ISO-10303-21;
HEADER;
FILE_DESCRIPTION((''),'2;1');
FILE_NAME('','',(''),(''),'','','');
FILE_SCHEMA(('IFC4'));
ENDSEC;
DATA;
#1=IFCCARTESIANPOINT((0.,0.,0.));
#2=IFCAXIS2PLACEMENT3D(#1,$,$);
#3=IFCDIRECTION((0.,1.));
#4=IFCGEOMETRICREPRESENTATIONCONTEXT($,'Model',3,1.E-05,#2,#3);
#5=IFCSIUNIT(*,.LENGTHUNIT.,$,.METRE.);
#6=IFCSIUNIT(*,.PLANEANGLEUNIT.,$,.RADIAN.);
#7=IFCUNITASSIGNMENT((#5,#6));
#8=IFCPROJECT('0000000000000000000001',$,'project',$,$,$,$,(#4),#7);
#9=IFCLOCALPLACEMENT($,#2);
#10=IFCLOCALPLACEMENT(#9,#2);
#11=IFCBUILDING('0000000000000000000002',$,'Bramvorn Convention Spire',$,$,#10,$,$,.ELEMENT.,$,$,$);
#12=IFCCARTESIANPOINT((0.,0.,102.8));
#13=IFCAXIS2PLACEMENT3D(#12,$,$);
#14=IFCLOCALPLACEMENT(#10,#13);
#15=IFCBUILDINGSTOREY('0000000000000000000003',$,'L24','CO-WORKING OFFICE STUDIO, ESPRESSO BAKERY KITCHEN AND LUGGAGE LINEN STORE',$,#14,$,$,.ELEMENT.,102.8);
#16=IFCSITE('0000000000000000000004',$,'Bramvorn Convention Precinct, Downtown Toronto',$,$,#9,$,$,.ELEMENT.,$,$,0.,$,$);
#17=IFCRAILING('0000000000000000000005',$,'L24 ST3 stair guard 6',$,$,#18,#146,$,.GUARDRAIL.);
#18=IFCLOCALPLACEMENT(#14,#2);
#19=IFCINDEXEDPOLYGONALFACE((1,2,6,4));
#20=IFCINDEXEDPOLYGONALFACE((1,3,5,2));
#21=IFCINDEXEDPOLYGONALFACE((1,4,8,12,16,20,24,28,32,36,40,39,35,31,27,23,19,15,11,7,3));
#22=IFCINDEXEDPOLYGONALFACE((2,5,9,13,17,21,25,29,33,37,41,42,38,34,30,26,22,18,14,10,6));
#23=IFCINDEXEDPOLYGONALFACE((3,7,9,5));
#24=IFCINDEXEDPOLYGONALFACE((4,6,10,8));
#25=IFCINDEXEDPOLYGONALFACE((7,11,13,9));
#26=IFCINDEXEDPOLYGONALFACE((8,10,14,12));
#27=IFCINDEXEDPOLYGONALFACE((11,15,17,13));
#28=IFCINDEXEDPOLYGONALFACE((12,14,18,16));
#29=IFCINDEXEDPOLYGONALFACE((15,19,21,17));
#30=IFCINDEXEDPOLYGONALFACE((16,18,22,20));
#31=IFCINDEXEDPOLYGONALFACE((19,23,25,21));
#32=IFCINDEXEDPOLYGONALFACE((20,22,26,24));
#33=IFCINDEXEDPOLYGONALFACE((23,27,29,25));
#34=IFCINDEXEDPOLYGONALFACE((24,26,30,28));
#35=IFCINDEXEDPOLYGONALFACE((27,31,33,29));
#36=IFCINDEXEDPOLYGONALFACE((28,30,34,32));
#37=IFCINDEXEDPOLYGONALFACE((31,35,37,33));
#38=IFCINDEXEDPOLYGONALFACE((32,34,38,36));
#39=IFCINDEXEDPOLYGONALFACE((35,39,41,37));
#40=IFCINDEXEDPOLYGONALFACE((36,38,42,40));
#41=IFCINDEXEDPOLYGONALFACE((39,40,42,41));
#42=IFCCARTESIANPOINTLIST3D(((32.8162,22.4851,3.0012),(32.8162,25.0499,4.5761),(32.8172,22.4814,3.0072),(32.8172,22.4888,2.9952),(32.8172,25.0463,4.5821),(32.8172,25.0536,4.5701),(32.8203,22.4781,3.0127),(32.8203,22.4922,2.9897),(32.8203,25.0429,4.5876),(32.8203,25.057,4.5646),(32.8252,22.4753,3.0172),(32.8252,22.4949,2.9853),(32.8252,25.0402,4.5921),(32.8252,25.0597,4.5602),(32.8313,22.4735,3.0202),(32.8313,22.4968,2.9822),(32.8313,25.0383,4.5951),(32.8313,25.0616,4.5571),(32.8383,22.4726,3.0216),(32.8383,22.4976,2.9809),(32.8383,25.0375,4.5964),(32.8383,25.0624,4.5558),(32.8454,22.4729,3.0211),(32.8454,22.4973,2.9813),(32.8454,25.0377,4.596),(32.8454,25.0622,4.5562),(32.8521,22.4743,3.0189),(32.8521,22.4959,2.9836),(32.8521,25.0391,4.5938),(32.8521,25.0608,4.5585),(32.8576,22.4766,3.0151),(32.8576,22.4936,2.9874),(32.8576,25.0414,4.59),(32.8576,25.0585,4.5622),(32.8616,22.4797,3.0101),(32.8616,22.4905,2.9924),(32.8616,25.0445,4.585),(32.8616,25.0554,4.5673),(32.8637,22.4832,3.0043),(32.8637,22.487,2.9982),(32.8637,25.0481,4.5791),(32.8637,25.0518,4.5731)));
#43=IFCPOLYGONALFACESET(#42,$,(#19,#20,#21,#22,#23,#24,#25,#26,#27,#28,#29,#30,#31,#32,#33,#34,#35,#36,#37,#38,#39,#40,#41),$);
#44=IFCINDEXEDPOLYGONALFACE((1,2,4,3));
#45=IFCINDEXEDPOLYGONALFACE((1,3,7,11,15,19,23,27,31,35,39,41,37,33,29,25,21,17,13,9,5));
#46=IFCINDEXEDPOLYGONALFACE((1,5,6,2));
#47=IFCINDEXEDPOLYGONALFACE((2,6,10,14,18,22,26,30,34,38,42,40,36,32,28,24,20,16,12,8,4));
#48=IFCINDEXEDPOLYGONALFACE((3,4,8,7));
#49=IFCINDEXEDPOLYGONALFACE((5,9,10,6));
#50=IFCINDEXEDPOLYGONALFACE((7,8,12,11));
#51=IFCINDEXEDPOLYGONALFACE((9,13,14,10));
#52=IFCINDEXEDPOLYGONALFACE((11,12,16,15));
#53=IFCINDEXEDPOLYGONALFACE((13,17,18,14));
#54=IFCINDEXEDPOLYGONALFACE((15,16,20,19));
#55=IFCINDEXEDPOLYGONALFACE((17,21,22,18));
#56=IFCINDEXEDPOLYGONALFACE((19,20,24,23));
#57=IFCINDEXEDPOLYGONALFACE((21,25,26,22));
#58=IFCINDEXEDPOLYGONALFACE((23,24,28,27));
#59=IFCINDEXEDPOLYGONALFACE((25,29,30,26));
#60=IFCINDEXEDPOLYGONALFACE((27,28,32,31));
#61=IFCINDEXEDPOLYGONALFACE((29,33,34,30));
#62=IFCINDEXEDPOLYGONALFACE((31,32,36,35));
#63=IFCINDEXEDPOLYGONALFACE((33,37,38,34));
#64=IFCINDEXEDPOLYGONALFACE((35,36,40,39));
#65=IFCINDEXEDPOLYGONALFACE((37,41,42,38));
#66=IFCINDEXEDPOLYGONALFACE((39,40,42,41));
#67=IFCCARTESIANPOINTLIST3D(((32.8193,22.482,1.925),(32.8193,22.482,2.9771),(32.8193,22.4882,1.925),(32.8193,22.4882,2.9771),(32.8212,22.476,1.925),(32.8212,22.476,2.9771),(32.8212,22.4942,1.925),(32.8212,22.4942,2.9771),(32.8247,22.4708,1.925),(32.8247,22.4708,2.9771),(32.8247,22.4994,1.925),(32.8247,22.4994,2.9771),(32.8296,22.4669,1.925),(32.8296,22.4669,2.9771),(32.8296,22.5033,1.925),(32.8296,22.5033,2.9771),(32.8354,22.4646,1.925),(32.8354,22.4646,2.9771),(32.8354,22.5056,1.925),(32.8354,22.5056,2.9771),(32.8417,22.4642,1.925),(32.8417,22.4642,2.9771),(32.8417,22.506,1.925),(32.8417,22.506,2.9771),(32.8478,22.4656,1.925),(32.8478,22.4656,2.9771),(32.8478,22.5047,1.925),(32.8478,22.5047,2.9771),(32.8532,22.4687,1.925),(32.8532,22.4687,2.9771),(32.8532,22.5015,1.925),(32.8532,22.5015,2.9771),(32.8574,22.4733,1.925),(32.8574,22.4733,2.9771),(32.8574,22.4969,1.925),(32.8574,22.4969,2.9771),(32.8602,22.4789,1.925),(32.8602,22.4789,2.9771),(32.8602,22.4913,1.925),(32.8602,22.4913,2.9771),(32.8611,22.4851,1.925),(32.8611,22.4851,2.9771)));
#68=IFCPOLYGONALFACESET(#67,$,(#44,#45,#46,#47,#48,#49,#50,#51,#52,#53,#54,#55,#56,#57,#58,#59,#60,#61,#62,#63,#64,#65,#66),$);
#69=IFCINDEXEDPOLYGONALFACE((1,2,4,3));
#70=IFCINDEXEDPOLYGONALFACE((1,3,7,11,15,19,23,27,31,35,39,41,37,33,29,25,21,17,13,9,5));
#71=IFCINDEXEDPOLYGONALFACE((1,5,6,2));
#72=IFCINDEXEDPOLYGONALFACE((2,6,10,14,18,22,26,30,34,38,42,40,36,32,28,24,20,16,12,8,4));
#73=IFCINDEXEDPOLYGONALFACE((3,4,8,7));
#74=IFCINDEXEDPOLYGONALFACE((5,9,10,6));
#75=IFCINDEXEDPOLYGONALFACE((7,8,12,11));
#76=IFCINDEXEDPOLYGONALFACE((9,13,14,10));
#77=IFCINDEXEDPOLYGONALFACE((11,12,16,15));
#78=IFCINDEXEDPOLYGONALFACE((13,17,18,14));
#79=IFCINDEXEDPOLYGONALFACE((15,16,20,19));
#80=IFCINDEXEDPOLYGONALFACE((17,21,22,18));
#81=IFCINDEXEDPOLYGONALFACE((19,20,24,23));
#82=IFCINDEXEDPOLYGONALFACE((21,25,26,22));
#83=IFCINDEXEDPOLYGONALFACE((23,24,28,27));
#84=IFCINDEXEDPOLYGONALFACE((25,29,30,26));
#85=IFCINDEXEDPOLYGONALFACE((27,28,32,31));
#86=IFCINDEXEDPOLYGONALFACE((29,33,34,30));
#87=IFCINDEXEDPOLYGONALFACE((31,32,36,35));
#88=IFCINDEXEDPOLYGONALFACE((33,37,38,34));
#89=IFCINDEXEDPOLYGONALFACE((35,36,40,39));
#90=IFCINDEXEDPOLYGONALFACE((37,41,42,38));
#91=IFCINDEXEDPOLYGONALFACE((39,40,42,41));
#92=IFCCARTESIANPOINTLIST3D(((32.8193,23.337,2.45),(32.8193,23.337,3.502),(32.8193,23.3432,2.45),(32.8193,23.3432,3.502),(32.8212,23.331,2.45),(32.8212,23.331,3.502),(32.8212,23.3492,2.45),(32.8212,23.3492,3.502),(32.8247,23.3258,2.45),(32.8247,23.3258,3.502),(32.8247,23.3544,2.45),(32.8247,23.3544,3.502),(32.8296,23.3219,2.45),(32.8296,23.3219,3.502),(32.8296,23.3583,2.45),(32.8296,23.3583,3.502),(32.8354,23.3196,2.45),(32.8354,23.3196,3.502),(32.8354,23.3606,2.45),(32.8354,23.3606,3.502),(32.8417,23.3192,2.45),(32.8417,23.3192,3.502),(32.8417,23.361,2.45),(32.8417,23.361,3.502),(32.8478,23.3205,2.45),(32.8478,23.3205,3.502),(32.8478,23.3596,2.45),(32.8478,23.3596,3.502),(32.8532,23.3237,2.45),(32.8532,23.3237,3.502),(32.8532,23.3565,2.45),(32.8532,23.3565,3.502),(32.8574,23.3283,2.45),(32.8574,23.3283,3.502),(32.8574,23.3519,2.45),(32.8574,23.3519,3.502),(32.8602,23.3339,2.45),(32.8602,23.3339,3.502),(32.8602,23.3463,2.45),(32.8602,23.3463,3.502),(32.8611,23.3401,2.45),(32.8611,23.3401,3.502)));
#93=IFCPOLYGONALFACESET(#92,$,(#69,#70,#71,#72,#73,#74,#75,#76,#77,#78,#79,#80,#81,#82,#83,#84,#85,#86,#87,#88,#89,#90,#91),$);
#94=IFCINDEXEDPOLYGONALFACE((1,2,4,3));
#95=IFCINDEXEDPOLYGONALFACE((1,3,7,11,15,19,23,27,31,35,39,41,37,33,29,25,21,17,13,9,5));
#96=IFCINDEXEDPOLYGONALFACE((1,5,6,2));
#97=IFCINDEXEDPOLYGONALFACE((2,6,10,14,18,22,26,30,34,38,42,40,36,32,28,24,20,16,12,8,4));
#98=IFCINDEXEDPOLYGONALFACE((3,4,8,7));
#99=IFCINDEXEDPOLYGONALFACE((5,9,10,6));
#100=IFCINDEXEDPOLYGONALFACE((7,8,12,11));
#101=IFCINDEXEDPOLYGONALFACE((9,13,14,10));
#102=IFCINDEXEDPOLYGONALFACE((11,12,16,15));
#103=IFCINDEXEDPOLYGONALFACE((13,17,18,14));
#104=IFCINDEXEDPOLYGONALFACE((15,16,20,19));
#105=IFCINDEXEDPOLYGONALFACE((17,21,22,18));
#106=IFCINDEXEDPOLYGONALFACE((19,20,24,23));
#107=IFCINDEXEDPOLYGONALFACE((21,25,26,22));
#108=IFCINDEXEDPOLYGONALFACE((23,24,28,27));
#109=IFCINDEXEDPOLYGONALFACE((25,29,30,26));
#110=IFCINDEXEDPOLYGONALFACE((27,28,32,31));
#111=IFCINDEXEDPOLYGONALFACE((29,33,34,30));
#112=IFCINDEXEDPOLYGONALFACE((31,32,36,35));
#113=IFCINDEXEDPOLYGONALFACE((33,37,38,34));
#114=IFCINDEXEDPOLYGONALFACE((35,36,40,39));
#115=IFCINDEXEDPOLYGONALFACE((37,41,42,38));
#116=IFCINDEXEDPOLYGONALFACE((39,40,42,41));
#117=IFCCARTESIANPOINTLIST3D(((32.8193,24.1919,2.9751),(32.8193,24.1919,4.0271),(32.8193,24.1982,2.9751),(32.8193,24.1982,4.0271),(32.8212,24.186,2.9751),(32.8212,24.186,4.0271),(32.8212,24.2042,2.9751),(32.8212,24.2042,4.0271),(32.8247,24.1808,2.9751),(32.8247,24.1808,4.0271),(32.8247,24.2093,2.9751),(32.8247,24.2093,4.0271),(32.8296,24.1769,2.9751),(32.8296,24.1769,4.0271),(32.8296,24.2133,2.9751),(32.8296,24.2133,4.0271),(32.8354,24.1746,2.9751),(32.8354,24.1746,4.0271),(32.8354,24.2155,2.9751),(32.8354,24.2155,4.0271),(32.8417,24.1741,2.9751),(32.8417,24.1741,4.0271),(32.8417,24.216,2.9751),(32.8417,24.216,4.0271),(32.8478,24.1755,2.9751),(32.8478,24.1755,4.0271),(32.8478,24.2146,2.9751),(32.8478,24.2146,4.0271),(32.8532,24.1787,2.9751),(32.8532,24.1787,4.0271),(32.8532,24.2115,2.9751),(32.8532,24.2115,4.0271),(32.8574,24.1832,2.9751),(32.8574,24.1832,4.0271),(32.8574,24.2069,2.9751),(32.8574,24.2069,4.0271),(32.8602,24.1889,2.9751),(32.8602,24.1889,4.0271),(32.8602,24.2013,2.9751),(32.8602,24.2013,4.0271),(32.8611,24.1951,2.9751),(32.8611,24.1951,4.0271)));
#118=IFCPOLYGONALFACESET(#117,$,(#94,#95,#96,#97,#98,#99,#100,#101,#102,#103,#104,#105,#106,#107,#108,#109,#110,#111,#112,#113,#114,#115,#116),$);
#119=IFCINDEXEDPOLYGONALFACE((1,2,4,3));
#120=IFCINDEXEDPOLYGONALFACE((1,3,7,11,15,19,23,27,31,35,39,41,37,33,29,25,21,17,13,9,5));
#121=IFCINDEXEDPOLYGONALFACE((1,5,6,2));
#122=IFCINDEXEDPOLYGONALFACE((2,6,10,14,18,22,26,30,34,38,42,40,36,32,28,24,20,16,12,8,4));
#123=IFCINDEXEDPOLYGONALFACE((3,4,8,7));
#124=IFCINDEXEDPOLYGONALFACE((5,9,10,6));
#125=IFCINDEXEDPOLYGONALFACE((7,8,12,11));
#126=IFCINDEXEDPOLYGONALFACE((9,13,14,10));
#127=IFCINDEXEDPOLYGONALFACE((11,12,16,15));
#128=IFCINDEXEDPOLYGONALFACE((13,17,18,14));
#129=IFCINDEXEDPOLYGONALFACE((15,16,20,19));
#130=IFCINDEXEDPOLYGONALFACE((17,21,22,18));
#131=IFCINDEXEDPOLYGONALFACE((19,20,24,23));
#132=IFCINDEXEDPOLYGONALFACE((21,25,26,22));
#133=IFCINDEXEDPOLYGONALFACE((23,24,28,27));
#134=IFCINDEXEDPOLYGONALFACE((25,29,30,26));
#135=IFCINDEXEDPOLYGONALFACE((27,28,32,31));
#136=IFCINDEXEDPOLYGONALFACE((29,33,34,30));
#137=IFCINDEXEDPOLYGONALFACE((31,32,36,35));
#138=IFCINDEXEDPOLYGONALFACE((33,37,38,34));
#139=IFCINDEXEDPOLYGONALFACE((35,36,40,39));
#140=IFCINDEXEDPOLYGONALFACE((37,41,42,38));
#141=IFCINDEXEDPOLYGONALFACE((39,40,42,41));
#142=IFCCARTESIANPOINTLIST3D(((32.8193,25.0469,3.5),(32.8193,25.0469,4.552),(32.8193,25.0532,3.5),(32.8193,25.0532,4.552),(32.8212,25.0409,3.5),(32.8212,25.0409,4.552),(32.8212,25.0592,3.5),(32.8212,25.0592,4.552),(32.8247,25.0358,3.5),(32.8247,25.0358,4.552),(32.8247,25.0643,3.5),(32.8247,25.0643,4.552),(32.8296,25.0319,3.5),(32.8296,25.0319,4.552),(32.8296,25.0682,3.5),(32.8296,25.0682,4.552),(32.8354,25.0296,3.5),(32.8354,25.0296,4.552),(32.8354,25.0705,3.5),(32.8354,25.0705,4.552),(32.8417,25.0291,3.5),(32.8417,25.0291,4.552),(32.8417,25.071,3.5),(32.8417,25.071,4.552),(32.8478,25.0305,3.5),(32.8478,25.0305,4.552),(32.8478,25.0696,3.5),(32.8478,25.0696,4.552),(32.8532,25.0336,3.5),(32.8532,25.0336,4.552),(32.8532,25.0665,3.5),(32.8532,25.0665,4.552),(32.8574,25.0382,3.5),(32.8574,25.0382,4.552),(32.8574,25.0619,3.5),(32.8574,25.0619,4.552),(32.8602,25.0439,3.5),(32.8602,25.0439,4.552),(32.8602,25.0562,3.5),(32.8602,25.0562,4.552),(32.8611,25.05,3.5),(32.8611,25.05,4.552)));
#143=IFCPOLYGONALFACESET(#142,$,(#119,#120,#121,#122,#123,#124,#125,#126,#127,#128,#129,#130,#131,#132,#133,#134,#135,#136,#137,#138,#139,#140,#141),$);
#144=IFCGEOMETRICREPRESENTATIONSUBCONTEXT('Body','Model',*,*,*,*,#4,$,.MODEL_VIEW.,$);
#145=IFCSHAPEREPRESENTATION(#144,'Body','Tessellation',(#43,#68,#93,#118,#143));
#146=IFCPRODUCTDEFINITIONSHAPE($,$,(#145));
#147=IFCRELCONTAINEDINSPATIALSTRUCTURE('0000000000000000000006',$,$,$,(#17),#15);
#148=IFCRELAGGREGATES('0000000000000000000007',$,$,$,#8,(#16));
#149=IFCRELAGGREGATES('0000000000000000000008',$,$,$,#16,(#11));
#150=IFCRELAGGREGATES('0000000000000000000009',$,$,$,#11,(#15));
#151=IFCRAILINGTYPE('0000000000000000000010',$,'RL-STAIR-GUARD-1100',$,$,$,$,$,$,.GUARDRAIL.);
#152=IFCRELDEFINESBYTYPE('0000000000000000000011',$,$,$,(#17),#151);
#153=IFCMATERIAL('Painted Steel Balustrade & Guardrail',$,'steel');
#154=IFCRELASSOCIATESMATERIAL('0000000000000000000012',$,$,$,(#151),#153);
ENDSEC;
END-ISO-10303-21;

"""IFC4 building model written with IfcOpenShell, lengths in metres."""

from ifc_helpers import new_model, si_unit, direction, frame, origin, origin_2d, place, context, subcontext, project, spatial, circle, extrude, material, type_object, element, save


model = new_model("IFC4")

# Units and contexts
model_context = context("Model", 3, precision=1e-05, world=origin(), true_north=direction((0.0, 1.0)))
body_context = subcontext(model_context, "Body", "Model", "MODEL_VIEW")
ifc_project = project(units=[si_unit("LENGTHUNIT", "METRE"), si_unit("PLANEANGLEUNIT", "RADIAN")], contexts=[model_context])

# Site, building, storey
site_placement = place(None, origin())
site = spatial("IfcSite", under=ifc_project, at=site_placement, Name="Bramvorn Convention Precinct, Downtown Toronto", CompositionType="ELEMENT", RefElevation=0.0)
building_placement = place(site_placement, origin())
building = spatial("IfcBuilding", under=site, at=building_placement, Name="Bramvorn Convention Spire", CompositionType="ELEMENT")
storey_placement = place(building_placement, frame((0.0, 0.0, 102.8)))
storey = spatial("IfcBuildingStorey", under=building, at=storey_placement, Name="L24", Description="CO-WORKING OFFICE STUDIO, ESPRESSO BAKERY KITCHEN AND LUGGAGE LINEN STORE", CompositionType="ELEMENT", Elevation=102.8)

# Railing
ifc_material_1 = material(Name="Painted Steel Balustrade & Guardrail", Category="steel")
railing_type_1 = type_object("IfcRailingType", Name="RL-STAIR-GUARD-1100", PredefinedType="GUARDRAIL", material=ifc_material_1)
railing_1_placement = place(storey_placement, frame((32.8401, 22.4851, 1.925)))
element("IfcRailing", 1, at=railing_1_placement, inside=storey, type_object=railing_type_1, Name="L24 ST3 stair guard 6", PredefinedType="GUARDRAIL", context=body_context, shape_type="SweptSolid", body=[
    extrude(circle(Radius=0.0239, at=origin_2d()), frame((0.0, 0.0, 1.0762), z_axis=(0.0, 0.852173, 0.52326), x_axis=(-1.0, 0.0, 0.0)), (0.0, 0.0, 1.0), 3.0098),
    extrude(circle(Radius=0.021, at=origin_2d()), origin(), (0.0, 0.0, 1.0), 1.052),
    extrude(circle(Radius=0.021, at=origin_2d()), frame((0.0, 0.855, 0.5249)), (0.0, 0.0, 1.0), 1.052),
    extrude(circle(Radius=0.021, at=origin_2d()), frame((0.0, 1.71, 1.05)), (0.0, 0.0, 1.0), 1.052),
    extrude(circle(Radius=0.021, at=origin_2d()), frame((0.0, 2.5649, 1.575)), (0.0, 0.0, 1.0), 1.052),
])

save(model, "model.ifc")
